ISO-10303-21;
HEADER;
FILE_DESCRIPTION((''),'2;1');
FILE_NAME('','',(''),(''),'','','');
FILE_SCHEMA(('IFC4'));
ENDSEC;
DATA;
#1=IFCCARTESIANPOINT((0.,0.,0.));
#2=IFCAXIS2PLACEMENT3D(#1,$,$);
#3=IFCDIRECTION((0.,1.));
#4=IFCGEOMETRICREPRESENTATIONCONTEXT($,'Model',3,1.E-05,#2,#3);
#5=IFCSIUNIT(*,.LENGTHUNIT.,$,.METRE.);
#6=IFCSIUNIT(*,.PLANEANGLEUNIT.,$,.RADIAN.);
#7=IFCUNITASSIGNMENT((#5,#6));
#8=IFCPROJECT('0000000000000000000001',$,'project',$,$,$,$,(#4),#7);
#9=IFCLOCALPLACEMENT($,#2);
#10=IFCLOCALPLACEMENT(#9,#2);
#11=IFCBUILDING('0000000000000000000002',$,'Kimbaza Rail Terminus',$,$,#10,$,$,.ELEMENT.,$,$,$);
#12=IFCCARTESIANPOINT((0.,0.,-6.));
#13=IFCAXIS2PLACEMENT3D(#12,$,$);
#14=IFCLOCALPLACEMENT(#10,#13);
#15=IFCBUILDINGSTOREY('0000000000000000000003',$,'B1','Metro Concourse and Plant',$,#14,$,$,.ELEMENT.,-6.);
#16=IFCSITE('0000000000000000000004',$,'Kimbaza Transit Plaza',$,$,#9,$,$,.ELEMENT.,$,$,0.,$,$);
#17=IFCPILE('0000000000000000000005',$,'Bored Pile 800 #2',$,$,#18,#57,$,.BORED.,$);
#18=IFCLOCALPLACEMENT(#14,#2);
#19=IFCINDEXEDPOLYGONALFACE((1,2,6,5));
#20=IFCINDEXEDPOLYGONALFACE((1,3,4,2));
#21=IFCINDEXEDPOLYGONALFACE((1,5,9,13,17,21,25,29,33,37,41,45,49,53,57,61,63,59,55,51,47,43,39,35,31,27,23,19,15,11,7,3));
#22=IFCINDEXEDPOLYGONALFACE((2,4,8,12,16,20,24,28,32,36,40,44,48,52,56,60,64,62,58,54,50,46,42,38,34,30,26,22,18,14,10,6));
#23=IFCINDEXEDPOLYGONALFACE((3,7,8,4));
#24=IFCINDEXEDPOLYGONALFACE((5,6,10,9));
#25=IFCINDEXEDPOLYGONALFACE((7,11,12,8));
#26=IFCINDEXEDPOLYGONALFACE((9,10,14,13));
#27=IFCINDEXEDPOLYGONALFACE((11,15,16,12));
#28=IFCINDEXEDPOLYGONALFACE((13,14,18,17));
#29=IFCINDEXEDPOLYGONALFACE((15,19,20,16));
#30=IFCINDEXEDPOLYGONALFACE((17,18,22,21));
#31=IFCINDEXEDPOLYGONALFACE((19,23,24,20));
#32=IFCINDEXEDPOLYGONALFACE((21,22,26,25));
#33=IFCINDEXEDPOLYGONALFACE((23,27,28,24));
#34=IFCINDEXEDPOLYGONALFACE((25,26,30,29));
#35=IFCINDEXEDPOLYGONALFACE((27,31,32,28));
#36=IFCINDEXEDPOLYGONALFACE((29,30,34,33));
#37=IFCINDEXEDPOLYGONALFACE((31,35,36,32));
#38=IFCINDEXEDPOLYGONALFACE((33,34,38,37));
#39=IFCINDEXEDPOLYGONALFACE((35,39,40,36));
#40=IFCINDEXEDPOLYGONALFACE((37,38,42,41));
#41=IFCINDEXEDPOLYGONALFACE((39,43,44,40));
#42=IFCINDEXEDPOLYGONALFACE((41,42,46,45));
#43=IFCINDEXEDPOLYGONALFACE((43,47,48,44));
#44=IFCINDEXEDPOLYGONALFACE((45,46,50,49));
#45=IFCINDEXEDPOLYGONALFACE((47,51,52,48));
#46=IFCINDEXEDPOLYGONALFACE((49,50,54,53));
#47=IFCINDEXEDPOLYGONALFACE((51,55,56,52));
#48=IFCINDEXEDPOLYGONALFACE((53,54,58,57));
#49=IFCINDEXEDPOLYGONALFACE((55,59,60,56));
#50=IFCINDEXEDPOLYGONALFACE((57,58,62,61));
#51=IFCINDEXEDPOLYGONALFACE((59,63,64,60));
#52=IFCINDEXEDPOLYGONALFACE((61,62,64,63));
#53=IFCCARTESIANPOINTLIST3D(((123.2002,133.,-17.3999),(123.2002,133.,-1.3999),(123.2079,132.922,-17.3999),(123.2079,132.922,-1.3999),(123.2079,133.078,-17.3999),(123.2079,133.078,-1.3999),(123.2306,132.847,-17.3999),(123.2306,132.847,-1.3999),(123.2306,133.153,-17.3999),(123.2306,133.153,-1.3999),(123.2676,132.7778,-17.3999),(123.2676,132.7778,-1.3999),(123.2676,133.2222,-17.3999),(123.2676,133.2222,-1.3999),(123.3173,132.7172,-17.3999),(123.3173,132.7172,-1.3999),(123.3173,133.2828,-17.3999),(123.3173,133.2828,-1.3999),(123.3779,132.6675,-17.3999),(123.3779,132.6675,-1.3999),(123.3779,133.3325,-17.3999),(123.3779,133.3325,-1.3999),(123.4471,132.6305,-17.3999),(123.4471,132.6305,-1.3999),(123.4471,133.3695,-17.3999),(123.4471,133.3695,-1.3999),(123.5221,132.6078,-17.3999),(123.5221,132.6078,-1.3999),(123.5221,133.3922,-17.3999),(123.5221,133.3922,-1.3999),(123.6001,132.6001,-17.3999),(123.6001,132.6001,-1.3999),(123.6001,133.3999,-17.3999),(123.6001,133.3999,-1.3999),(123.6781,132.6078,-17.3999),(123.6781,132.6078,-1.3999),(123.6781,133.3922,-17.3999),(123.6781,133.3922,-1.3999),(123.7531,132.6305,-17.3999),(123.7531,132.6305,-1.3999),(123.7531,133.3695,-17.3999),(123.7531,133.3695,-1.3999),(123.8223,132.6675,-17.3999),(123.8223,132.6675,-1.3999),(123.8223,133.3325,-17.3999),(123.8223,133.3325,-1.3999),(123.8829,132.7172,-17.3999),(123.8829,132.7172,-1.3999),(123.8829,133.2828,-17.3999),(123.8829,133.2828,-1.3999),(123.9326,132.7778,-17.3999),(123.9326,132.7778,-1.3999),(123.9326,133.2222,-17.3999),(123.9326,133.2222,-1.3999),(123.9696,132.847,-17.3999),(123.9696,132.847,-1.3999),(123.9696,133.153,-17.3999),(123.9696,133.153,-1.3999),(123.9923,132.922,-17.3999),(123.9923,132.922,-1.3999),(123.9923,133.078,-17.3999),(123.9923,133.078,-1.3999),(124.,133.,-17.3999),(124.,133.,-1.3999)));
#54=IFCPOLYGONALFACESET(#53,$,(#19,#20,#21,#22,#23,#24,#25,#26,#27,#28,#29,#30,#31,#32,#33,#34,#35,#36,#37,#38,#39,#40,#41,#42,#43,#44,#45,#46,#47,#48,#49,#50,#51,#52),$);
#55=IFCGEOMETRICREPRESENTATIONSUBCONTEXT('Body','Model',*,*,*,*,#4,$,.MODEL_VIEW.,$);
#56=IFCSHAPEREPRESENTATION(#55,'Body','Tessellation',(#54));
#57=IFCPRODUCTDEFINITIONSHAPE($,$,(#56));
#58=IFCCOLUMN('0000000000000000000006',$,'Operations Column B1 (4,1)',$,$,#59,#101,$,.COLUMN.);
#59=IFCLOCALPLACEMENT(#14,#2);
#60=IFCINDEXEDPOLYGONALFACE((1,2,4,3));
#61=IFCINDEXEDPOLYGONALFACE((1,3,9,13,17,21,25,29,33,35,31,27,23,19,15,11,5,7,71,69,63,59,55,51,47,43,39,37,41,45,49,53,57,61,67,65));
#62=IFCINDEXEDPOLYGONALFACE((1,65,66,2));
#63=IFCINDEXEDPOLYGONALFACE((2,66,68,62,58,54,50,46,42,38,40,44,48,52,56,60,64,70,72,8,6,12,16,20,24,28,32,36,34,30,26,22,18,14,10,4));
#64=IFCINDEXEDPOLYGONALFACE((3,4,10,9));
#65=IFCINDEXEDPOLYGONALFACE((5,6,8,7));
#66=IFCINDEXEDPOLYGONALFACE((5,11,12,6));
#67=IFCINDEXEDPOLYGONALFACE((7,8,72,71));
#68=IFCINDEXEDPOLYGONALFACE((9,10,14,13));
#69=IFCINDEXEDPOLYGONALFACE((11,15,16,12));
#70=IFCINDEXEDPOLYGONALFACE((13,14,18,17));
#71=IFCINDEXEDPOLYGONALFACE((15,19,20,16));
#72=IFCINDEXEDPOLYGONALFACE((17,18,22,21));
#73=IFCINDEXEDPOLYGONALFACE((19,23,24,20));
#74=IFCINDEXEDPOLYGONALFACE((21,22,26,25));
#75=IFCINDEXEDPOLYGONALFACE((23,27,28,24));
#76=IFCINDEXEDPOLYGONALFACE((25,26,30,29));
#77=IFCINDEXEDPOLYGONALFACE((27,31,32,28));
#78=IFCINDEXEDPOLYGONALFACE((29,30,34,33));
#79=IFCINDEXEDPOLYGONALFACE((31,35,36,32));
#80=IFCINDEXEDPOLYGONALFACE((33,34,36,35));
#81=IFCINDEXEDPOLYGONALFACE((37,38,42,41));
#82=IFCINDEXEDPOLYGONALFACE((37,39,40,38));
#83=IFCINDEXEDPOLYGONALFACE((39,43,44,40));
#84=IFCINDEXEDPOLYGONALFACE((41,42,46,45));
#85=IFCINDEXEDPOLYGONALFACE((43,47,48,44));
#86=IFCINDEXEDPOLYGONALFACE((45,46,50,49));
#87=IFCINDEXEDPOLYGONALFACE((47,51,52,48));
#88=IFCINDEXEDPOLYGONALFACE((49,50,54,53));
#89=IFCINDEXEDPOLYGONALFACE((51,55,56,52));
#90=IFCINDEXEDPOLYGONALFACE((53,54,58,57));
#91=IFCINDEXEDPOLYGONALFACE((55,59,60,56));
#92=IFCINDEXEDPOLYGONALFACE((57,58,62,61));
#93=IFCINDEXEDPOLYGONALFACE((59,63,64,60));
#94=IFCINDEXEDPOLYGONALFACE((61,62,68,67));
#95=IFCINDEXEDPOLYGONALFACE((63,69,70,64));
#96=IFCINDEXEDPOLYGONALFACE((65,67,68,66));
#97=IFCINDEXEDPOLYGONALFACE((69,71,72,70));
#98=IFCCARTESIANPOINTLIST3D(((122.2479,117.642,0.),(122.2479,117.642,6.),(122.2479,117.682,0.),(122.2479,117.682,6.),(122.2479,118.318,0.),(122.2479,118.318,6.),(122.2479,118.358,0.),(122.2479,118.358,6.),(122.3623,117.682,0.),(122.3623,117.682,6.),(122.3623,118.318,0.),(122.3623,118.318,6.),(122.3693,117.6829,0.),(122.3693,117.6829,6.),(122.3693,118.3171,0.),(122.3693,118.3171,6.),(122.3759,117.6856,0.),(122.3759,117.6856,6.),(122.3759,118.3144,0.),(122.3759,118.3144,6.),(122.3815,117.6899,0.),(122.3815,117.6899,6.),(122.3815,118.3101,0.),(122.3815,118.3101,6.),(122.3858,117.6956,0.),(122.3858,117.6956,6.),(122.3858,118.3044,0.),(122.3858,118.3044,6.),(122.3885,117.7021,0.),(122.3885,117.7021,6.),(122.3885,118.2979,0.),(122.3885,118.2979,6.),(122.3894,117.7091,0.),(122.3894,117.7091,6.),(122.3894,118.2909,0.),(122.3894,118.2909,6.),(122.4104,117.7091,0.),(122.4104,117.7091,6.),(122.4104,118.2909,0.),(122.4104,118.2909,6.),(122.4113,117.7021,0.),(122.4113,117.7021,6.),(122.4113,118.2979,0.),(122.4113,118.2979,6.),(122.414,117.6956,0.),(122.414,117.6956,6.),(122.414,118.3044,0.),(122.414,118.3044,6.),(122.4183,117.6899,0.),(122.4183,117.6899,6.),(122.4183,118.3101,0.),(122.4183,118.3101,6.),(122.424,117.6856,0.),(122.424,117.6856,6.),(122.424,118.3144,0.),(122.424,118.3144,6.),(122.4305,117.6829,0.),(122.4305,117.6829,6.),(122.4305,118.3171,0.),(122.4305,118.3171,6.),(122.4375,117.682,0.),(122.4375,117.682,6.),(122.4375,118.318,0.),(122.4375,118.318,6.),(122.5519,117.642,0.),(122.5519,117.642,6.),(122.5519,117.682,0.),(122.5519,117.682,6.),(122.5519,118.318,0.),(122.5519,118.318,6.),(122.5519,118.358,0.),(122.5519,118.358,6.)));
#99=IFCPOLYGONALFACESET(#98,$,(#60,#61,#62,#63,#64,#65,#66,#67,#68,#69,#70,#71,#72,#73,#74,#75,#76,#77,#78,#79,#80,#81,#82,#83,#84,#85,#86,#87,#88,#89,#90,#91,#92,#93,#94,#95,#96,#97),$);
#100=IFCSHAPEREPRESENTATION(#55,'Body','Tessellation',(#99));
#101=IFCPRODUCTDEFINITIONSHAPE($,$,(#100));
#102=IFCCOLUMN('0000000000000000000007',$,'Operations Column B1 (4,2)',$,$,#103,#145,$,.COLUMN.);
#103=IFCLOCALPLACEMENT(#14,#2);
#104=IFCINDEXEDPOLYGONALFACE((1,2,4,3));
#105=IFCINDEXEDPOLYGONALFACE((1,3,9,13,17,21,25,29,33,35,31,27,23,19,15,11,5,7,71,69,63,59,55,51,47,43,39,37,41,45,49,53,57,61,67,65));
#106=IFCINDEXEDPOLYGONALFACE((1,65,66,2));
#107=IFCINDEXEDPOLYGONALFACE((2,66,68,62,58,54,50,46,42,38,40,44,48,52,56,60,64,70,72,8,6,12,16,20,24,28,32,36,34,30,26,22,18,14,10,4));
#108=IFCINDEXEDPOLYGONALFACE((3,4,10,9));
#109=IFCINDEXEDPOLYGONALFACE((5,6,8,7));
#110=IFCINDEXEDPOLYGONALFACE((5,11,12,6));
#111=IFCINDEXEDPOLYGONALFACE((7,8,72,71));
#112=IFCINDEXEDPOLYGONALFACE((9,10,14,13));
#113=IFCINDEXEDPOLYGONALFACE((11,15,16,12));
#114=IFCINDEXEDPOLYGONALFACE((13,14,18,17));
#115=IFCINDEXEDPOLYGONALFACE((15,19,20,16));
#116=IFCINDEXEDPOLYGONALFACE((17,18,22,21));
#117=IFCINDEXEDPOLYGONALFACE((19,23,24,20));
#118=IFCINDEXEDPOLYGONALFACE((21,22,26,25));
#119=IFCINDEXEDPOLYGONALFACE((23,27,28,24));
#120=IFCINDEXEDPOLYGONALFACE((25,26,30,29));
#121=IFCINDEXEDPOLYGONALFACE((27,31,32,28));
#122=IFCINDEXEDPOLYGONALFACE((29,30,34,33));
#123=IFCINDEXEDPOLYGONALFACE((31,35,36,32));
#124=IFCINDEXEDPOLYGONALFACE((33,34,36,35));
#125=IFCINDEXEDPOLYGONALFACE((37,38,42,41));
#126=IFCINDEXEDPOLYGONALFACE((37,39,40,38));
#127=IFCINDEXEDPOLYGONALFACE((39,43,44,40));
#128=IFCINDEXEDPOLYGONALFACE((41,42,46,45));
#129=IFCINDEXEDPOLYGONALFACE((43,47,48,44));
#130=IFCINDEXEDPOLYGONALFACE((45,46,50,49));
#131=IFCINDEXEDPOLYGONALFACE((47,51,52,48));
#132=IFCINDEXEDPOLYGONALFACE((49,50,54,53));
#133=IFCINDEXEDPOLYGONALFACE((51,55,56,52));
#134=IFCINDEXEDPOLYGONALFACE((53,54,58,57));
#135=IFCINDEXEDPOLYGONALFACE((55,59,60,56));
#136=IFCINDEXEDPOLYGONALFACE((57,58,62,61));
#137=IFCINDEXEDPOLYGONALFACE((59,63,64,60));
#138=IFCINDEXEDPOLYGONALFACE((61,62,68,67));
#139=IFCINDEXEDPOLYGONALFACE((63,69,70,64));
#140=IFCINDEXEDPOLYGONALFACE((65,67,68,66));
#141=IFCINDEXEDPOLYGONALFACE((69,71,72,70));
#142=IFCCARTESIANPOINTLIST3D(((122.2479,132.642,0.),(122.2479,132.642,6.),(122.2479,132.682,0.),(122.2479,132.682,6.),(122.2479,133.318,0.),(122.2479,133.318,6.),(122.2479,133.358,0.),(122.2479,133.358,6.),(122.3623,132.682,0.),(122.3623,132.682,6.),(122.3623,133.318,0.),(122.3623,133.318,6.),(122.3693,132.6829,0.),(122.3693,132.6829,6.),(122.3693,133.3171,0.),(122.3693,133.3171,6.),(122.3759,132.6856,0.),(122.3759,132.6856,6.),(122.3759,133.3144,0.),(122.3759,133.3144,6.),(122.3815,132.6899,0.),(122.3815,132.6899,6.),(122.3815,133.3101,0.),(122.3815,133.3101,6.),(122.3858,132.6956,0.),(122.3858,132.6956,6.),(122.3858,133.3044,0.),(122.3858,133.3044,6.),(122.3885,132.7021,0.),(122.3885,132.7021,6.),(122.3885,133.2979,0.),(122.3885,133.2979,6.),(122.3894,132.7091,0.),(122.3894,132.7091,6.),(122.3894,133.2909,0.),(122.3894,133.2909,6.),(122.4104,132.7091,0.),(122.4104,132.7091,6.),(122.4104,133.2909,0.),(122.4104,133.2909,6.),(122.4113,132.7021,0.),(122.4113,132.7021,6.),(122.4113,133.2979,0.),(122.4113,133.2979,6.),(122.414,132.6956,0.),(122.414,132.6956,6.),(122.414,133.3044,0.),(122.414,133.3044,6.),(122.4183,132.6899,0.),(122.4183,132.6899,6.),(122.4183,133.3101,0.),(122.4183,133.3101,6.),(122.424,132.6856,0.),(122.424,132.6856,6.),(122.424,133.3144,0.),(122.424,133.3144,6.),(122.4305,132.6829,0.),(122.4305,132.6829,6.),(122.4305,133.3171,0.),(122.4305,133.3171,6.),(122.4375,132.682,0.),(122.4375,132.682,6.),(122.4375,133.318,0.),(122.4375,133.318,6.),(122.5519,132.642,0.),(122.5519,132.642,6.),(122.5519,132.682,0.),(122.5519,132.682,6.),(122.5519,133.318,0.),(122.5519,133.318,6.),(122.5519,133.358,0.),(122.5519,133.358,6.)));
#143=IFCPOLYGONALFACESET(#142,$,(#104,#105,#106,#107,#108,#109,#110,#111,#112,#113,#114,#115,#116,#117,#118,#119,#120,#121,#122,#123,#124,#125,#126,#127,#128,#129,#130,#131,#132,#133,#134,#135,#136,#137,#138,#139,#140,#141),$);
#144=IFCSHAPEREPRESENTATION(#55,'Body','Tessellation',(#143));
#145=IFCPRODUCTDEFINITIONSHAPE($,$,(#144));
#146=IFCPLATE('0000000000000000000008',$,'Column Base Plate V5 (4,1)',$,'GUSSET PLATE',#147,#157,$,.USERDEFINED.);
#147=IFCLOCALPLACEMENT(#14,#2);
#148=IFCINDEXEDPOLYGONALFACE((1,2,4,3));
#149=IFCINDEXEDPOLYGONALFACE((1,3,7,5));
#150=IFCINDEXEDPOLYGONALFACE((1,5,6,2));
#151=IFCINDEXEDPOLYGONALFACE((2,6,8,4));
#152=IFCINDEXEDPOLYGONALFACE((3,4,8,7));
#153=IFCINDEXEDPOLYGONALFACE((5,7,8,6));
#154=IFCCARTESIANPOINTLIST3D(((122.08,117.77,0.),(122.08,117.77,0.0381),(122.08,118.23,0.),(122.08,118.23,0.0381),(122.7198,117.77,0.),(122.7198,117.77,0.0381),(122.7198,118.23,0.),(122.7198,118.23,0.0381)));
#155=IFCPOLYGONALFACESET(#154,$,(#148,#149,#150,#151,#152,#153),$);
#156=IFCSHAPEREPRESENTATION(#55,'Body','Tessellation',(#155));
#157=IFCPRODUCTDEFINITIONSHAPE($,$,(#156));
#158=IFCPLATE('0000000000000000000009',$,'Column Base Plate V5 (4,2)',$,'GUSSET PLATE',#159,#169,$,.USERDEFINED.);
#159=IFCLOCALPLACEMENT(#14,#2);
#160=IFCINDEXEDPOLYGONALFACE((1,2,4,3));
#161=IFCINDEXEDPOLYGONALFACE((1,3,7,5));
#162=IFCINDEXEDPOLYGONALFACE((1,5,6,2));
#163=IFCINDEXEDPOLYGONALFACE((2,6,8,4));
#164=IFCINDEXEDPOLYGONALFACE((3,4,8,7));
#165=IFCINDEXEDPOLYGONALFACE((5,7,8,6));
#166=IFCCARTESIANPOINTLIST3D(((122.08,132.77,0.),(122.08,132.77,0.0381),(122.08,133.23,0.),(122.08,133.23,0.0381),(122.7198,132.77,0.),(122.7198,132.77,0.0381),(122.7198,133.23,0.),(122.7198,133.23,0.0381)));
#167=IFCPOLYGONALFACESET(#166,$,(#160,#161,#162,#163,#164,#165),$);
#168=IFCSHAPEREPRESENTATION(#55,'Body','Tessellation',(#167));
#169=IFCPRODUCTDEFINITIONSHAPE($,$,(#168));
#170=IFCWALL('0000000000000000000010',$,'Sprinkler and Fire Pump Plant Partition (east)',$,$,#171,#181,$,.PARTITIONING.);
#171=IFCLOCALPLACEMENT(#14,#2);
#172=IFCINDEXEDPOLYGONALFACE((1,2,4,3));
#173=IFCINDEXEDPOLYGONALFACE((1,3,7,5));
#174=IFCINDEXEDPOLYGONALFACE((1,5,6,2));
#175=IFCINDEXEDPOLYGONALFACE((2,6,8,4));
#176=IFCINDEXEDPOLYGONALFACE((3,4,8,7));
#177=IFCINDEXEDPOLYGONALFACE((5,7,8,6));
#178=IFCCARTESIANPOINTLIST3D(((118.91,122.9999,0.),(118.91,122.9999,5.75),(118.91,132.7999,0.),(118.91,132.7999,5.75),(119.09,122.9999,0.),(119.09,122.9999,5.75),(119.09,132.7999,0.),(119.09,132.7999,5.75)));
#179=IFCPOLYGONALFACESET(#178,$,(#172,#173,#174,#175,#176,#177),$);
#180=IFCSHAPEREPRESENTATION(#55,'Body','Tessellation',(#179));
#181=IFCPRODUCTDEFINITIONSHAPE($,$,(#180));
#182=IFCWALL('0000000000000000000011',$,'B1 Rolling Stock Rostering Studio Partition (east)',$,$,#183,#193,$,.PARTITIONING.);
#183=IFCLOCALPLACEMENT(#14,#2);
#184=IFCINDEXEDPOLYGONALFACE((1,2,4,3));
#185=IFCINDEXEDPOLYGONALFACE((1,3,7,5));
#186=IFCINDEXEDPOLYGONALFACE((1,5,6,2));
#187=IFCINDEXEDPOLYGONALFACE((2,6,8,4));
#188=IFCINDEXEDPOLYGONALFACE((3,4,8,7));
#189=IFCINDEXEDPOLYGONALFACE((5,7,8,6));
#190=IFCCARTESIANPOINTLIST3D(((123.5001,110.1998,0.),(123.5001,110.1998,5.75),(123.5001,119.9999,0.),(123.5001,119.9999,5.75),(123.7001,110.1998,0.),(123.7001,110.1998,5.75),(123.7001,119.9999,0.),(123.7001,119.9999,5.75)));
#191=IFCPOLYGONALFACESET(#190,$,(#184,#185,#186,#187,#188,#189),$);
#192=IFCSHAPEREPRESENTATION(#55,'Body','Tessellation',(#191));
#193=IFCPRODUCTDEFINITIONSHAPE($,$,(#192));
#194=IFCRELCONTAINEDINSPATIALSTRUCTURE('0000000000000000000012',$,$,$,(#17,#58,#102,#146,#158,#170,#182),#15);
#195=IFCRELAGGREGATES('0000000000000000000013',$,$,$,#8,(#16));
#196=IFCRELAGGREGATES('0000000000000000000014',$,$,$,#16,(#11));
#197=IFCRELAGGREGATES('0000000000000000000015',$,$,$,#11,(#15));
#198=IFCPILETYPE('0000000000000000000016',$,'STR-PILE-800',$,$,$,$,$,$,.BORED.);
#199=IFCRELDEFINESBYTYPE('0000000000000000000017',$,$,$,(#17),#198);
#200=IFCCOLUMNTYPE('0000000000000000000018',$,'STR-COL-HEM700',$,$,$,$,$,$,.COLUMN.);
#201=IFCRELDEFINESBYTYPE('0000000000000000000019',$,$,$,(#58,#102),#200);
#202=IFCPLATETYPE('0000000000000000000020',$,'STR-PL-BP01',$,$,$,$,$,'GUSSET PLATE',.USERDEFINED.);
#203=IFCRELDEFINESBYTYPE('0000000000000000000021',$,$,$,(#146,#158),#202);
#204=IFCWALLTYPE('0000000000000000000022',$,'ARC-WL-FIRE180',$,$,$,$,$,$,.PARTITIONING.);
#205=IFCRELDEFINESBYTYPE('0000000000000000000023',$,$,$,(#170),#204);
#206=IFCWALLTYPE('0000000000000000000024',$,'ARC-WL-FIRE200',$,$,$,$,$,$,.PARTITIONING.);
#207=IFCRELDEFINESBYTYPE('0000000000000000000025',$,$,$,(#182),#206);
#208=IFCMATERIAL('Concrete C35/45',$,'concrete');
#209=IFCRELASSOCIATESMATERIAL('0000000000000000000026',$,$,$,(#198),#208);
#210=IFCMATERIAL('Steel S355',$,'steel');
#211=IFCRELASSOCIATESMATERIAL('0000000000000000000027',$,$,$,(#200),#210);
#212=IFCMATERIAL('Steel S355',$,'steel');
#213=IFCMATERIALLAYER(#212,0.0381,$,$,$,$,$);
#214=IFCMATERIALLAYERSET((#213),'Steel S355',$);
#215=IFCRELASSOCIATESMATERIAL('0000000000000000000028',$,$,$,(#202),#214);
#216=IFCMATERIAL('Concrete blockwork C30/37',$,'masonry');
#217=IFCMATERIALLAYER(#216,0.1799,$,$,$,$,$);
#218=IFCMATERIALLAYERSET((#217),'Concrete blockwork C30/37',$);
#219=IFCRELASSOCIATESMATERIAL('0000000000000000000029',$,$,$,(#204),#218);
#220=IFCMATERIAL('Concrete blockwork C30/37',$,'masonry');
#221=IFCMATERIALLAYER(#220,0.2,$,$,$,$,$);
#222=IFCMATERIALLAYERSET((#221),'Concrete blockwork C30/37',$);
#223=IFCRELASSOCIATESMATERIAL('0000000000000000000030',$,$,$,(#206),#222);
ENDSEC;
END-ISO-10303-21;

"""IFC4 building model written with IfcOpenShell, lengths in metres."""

from ifc_helpers import new_model, si_unit, direction, frame, frame_2d, origin, origin_2d, place, context, subcontext, project, spatial, rectangle, circle, i_section, extrude, material, layer, layer_set, material_profile, profile_set, type_object, element, save


model = new_model("IFC4")

# Units and contexts
model_context = context("Model", 3, precision=1e-05, world=origin(), true_north=direction((0.0, 1.0)))
body_context = subcontext(model_context, "Body", "Model", "MODEL_VIEW")
ifc_project = project(units=[si_unit("LENGTHUNIT", "METRE"), si_unit("PLANEANGLEUNIT", "RADIAN")], contexts=[model_context])

# Site, building, storey
site_placement = place(None, origin())
site = spatial("IfcSite", under=ifc_project, at=site_placement, Name="Kimbaza Transit Plaza", CompositionType="ELEMENT", RefElevation=0.0)
building_placement = place(site_placement, origin())
building = spatial("IfcBuilding", under=site, at=building_placement, Name="Kimbaza Rail Terminus", CompositionType="ELEMENT")
storey_placement = place(building_placement, frame((0.0, 0.0, -6.0)))
storey = spatial("IfcBuildingStorey", under=building, at=storey_placement, Name="B1", Description="Metro Concourse and Plant", CompositionType="ELEMENT", Elevation=-6.0)

# Pile
ifc_material_1 = material(Name="Concrete C35/45", Category="concrete")
ifc_material_profile_1 = material_profile(ifc_material_1, circle(Radius=0.3999, at=origin_2d()), Name="BORED PILE 800")
ifc_profile_set_1 = profile_set([ifc_material_profile_1], Name="Concrete C35/45")
pile_type = type_object("IfcPileType", Name="STR-PILE-800", PredefinedType="BORED", material=ifc_profile_set_1)
for number, where, z_axis, x_axis, name in (
    (1, (123.6001, 133.0, -1.3999), (0.0, 0.0, -1.0), (1.0, 0.0, 0.0), "Bored Pile 800 #2"),
):
    element("IfcPile", number, at=place(storey_placement, frame(where, z_axis=z_axis, x_axis=x_axis)), inside=storey, type_object=pile_type, Name=name, PredefinedType="BORED", context=body_context, shape_type="SweptSolid", body=[
        extrude(circle(Radius=0.3999, at=origin_2d()), origin(), (0.0, 0.0, 1.0), 16.0),
    ])

# Columns
ifc_material_2 = material(Name="Steel S355", Category="steel")
ifc_material_profile_2 = material_profile(ifc_material_2, i_section(OverallWidth=0.304, OverallDepth=0.7161, WebThickness=0.021, FlangeThickness=0.04, FilletRadius=0.0271, at=origin_2d()), Name="HEM 700")
ifc_profile_set_2 = profile_set([ifc_material_profile_2], Name="Steel S355")
column_type = type_object("IfcColumnType", Name="STR-COL-HEM700", PredefinedType="COLUMN", material=ifc_profile_set_2)
for number, where, z_axis, x_axis, name in (
    (2, (122.3999, 118.0, 0.0), (0.0, 0.0, 1.0), (1.0, 0.0, 0.0), "Operations Column B1 (4,1)"),
    (3, (122.3999, 133.0, 0.0), (0.0, 0.0, 1.0), (1.0, 0.0, 0.0), "Operations Column B1 (4,2)"),
):
    element("IfcColumn", number, at=place(storey_placement, frame(where, z_axis=z_axis, x_axis=x_axis)), inside=storey, type_object=column_type, Name=name, PredefinedType="COLUMN", context=body_context, shape_type="SweptSolid", body=[
        extrude(i_section(OverallWidth=0.304, OverallDepth=0.7161, WebThickness=0.021, FlangeThickness=0.04, FilletRadius=0.0271, at=origin_2d()), origin(), (0.0, 0.0, 1.0), 6.0),
    ])

# Plates
ifc_material_3 = material(Name="Steel S355", Category="steel")
ifc_layer_1 = layer(ifc_material_3, 0.0381)
ifc_layer_set_1 = layer_set([ifc_layer_1], Name="Steel S355")
plate_type = type_object("IfcPlateType", Name="STR-PL-BP01", ElementType="GUSSET PLATE", PredefinedType="USERDEFINED", material=ifc_layer_set_1)
for number, where, z_axis, x_axis, name in (
    (4, (122.3999, 118.0, 0.0), (0.0, 0.0, 1.0), (1.0, 0.0, 0.0), "Column Base Plate V5 (4,1)"),
    (5, (122.3999, 133.0, 0.0), (0.0, 0.0, 1.0), (1.0, 0.0, 0.0), "Column Base Plate V5 (4,2)"),
):
    element("IfcPlate", number, at=place(storey_placement, frame(where, z_axis=z_axis, x_axis=x_axis)), inside=storey, type_object=plate_type, Name=name, ObjectType="GUSSET PLATE", PredefinedType="USERDEFINED", context=body_context, shape_type="SweptSolid", body=[
        extrude(rectangle(XDim=0.6399, YDim=0.46, at=origin_2d()), origin(), (0.0, 0.0, 1.0), 0.0381),
    ])

# Walls
ifc_material_4 = material(Name="Concrete blockwork C30/37", Category="masonry")
ifc_layer_2 = layer(ifc_material_4, 0.1799)
ifc_layer_set_2 = layer_set([ifc_layer_2], Name="Concrete blockwork C30/37")
wall_type_1 = type_object("IfcWallType", Name="ARC-WL-FIRE180", PredefinedType="PARTITIONING", material=ifc_layer_set_2)
wall_1_placement = place(storey_placement, frame((119.0, 123.0, 0.0), z_axis=(0.0, 0.0, 1.0), x_axis=(0.0, 1.0, 0.0)))
element("IfcWall", 6, at=wall_1_placement, inside=storey, type_object=wall_type_1, Name="Sprinkler and Fire Pump Plant Partition (east)", PredefinedType="PARTITIONING", context=body_context, shape_type="SweptSolid", body=[
    extrude(rectangle(XDim=9.8, YDim=0.1799, at=frame_2d((4.8999, 0.0))), origin(), (0.0, 0.0, 1.0), 5.75),
])
ifc_material_5 = material(Name="Concrete blockwork C30/37", Category="masonry")
ifc_layer_3 = layer(ifc_material_5, 0.2)
ifc_layer_set_3 = layer_set([ifc_layer_3], Name="Concrete blockwork C30/37")
wall_type_2 = type_object("IfcWallType", Name="ARC-WL-FIRE200", PredefinedType="PARTITIONING", material=ifc_layer_set_3)
wall_2_placement = place(storey_placement, frame((123.6001, 110.2, 0.0), z_axis=(0.0, 0.0, 1.0), x_axis=(0.0, 1.0, 0.0)))
element("IfcWall", 7, at=wall_2_placement, inside=storey, type_object=wall_type_2, Name="B1 Rolling Stock Rostering Studio Partition (east)", PredefinedType="PARTITIONING", context=body_context, shape_type="SweptSolid", body=[
    extrude(rectangle(XDim=9.8, YDim=0.2, at=frame_2d((4.8999, 0.0))), origin(), (0.0, 0.0, 1.0), 5.75),
])

save(model, "model.ifc")
